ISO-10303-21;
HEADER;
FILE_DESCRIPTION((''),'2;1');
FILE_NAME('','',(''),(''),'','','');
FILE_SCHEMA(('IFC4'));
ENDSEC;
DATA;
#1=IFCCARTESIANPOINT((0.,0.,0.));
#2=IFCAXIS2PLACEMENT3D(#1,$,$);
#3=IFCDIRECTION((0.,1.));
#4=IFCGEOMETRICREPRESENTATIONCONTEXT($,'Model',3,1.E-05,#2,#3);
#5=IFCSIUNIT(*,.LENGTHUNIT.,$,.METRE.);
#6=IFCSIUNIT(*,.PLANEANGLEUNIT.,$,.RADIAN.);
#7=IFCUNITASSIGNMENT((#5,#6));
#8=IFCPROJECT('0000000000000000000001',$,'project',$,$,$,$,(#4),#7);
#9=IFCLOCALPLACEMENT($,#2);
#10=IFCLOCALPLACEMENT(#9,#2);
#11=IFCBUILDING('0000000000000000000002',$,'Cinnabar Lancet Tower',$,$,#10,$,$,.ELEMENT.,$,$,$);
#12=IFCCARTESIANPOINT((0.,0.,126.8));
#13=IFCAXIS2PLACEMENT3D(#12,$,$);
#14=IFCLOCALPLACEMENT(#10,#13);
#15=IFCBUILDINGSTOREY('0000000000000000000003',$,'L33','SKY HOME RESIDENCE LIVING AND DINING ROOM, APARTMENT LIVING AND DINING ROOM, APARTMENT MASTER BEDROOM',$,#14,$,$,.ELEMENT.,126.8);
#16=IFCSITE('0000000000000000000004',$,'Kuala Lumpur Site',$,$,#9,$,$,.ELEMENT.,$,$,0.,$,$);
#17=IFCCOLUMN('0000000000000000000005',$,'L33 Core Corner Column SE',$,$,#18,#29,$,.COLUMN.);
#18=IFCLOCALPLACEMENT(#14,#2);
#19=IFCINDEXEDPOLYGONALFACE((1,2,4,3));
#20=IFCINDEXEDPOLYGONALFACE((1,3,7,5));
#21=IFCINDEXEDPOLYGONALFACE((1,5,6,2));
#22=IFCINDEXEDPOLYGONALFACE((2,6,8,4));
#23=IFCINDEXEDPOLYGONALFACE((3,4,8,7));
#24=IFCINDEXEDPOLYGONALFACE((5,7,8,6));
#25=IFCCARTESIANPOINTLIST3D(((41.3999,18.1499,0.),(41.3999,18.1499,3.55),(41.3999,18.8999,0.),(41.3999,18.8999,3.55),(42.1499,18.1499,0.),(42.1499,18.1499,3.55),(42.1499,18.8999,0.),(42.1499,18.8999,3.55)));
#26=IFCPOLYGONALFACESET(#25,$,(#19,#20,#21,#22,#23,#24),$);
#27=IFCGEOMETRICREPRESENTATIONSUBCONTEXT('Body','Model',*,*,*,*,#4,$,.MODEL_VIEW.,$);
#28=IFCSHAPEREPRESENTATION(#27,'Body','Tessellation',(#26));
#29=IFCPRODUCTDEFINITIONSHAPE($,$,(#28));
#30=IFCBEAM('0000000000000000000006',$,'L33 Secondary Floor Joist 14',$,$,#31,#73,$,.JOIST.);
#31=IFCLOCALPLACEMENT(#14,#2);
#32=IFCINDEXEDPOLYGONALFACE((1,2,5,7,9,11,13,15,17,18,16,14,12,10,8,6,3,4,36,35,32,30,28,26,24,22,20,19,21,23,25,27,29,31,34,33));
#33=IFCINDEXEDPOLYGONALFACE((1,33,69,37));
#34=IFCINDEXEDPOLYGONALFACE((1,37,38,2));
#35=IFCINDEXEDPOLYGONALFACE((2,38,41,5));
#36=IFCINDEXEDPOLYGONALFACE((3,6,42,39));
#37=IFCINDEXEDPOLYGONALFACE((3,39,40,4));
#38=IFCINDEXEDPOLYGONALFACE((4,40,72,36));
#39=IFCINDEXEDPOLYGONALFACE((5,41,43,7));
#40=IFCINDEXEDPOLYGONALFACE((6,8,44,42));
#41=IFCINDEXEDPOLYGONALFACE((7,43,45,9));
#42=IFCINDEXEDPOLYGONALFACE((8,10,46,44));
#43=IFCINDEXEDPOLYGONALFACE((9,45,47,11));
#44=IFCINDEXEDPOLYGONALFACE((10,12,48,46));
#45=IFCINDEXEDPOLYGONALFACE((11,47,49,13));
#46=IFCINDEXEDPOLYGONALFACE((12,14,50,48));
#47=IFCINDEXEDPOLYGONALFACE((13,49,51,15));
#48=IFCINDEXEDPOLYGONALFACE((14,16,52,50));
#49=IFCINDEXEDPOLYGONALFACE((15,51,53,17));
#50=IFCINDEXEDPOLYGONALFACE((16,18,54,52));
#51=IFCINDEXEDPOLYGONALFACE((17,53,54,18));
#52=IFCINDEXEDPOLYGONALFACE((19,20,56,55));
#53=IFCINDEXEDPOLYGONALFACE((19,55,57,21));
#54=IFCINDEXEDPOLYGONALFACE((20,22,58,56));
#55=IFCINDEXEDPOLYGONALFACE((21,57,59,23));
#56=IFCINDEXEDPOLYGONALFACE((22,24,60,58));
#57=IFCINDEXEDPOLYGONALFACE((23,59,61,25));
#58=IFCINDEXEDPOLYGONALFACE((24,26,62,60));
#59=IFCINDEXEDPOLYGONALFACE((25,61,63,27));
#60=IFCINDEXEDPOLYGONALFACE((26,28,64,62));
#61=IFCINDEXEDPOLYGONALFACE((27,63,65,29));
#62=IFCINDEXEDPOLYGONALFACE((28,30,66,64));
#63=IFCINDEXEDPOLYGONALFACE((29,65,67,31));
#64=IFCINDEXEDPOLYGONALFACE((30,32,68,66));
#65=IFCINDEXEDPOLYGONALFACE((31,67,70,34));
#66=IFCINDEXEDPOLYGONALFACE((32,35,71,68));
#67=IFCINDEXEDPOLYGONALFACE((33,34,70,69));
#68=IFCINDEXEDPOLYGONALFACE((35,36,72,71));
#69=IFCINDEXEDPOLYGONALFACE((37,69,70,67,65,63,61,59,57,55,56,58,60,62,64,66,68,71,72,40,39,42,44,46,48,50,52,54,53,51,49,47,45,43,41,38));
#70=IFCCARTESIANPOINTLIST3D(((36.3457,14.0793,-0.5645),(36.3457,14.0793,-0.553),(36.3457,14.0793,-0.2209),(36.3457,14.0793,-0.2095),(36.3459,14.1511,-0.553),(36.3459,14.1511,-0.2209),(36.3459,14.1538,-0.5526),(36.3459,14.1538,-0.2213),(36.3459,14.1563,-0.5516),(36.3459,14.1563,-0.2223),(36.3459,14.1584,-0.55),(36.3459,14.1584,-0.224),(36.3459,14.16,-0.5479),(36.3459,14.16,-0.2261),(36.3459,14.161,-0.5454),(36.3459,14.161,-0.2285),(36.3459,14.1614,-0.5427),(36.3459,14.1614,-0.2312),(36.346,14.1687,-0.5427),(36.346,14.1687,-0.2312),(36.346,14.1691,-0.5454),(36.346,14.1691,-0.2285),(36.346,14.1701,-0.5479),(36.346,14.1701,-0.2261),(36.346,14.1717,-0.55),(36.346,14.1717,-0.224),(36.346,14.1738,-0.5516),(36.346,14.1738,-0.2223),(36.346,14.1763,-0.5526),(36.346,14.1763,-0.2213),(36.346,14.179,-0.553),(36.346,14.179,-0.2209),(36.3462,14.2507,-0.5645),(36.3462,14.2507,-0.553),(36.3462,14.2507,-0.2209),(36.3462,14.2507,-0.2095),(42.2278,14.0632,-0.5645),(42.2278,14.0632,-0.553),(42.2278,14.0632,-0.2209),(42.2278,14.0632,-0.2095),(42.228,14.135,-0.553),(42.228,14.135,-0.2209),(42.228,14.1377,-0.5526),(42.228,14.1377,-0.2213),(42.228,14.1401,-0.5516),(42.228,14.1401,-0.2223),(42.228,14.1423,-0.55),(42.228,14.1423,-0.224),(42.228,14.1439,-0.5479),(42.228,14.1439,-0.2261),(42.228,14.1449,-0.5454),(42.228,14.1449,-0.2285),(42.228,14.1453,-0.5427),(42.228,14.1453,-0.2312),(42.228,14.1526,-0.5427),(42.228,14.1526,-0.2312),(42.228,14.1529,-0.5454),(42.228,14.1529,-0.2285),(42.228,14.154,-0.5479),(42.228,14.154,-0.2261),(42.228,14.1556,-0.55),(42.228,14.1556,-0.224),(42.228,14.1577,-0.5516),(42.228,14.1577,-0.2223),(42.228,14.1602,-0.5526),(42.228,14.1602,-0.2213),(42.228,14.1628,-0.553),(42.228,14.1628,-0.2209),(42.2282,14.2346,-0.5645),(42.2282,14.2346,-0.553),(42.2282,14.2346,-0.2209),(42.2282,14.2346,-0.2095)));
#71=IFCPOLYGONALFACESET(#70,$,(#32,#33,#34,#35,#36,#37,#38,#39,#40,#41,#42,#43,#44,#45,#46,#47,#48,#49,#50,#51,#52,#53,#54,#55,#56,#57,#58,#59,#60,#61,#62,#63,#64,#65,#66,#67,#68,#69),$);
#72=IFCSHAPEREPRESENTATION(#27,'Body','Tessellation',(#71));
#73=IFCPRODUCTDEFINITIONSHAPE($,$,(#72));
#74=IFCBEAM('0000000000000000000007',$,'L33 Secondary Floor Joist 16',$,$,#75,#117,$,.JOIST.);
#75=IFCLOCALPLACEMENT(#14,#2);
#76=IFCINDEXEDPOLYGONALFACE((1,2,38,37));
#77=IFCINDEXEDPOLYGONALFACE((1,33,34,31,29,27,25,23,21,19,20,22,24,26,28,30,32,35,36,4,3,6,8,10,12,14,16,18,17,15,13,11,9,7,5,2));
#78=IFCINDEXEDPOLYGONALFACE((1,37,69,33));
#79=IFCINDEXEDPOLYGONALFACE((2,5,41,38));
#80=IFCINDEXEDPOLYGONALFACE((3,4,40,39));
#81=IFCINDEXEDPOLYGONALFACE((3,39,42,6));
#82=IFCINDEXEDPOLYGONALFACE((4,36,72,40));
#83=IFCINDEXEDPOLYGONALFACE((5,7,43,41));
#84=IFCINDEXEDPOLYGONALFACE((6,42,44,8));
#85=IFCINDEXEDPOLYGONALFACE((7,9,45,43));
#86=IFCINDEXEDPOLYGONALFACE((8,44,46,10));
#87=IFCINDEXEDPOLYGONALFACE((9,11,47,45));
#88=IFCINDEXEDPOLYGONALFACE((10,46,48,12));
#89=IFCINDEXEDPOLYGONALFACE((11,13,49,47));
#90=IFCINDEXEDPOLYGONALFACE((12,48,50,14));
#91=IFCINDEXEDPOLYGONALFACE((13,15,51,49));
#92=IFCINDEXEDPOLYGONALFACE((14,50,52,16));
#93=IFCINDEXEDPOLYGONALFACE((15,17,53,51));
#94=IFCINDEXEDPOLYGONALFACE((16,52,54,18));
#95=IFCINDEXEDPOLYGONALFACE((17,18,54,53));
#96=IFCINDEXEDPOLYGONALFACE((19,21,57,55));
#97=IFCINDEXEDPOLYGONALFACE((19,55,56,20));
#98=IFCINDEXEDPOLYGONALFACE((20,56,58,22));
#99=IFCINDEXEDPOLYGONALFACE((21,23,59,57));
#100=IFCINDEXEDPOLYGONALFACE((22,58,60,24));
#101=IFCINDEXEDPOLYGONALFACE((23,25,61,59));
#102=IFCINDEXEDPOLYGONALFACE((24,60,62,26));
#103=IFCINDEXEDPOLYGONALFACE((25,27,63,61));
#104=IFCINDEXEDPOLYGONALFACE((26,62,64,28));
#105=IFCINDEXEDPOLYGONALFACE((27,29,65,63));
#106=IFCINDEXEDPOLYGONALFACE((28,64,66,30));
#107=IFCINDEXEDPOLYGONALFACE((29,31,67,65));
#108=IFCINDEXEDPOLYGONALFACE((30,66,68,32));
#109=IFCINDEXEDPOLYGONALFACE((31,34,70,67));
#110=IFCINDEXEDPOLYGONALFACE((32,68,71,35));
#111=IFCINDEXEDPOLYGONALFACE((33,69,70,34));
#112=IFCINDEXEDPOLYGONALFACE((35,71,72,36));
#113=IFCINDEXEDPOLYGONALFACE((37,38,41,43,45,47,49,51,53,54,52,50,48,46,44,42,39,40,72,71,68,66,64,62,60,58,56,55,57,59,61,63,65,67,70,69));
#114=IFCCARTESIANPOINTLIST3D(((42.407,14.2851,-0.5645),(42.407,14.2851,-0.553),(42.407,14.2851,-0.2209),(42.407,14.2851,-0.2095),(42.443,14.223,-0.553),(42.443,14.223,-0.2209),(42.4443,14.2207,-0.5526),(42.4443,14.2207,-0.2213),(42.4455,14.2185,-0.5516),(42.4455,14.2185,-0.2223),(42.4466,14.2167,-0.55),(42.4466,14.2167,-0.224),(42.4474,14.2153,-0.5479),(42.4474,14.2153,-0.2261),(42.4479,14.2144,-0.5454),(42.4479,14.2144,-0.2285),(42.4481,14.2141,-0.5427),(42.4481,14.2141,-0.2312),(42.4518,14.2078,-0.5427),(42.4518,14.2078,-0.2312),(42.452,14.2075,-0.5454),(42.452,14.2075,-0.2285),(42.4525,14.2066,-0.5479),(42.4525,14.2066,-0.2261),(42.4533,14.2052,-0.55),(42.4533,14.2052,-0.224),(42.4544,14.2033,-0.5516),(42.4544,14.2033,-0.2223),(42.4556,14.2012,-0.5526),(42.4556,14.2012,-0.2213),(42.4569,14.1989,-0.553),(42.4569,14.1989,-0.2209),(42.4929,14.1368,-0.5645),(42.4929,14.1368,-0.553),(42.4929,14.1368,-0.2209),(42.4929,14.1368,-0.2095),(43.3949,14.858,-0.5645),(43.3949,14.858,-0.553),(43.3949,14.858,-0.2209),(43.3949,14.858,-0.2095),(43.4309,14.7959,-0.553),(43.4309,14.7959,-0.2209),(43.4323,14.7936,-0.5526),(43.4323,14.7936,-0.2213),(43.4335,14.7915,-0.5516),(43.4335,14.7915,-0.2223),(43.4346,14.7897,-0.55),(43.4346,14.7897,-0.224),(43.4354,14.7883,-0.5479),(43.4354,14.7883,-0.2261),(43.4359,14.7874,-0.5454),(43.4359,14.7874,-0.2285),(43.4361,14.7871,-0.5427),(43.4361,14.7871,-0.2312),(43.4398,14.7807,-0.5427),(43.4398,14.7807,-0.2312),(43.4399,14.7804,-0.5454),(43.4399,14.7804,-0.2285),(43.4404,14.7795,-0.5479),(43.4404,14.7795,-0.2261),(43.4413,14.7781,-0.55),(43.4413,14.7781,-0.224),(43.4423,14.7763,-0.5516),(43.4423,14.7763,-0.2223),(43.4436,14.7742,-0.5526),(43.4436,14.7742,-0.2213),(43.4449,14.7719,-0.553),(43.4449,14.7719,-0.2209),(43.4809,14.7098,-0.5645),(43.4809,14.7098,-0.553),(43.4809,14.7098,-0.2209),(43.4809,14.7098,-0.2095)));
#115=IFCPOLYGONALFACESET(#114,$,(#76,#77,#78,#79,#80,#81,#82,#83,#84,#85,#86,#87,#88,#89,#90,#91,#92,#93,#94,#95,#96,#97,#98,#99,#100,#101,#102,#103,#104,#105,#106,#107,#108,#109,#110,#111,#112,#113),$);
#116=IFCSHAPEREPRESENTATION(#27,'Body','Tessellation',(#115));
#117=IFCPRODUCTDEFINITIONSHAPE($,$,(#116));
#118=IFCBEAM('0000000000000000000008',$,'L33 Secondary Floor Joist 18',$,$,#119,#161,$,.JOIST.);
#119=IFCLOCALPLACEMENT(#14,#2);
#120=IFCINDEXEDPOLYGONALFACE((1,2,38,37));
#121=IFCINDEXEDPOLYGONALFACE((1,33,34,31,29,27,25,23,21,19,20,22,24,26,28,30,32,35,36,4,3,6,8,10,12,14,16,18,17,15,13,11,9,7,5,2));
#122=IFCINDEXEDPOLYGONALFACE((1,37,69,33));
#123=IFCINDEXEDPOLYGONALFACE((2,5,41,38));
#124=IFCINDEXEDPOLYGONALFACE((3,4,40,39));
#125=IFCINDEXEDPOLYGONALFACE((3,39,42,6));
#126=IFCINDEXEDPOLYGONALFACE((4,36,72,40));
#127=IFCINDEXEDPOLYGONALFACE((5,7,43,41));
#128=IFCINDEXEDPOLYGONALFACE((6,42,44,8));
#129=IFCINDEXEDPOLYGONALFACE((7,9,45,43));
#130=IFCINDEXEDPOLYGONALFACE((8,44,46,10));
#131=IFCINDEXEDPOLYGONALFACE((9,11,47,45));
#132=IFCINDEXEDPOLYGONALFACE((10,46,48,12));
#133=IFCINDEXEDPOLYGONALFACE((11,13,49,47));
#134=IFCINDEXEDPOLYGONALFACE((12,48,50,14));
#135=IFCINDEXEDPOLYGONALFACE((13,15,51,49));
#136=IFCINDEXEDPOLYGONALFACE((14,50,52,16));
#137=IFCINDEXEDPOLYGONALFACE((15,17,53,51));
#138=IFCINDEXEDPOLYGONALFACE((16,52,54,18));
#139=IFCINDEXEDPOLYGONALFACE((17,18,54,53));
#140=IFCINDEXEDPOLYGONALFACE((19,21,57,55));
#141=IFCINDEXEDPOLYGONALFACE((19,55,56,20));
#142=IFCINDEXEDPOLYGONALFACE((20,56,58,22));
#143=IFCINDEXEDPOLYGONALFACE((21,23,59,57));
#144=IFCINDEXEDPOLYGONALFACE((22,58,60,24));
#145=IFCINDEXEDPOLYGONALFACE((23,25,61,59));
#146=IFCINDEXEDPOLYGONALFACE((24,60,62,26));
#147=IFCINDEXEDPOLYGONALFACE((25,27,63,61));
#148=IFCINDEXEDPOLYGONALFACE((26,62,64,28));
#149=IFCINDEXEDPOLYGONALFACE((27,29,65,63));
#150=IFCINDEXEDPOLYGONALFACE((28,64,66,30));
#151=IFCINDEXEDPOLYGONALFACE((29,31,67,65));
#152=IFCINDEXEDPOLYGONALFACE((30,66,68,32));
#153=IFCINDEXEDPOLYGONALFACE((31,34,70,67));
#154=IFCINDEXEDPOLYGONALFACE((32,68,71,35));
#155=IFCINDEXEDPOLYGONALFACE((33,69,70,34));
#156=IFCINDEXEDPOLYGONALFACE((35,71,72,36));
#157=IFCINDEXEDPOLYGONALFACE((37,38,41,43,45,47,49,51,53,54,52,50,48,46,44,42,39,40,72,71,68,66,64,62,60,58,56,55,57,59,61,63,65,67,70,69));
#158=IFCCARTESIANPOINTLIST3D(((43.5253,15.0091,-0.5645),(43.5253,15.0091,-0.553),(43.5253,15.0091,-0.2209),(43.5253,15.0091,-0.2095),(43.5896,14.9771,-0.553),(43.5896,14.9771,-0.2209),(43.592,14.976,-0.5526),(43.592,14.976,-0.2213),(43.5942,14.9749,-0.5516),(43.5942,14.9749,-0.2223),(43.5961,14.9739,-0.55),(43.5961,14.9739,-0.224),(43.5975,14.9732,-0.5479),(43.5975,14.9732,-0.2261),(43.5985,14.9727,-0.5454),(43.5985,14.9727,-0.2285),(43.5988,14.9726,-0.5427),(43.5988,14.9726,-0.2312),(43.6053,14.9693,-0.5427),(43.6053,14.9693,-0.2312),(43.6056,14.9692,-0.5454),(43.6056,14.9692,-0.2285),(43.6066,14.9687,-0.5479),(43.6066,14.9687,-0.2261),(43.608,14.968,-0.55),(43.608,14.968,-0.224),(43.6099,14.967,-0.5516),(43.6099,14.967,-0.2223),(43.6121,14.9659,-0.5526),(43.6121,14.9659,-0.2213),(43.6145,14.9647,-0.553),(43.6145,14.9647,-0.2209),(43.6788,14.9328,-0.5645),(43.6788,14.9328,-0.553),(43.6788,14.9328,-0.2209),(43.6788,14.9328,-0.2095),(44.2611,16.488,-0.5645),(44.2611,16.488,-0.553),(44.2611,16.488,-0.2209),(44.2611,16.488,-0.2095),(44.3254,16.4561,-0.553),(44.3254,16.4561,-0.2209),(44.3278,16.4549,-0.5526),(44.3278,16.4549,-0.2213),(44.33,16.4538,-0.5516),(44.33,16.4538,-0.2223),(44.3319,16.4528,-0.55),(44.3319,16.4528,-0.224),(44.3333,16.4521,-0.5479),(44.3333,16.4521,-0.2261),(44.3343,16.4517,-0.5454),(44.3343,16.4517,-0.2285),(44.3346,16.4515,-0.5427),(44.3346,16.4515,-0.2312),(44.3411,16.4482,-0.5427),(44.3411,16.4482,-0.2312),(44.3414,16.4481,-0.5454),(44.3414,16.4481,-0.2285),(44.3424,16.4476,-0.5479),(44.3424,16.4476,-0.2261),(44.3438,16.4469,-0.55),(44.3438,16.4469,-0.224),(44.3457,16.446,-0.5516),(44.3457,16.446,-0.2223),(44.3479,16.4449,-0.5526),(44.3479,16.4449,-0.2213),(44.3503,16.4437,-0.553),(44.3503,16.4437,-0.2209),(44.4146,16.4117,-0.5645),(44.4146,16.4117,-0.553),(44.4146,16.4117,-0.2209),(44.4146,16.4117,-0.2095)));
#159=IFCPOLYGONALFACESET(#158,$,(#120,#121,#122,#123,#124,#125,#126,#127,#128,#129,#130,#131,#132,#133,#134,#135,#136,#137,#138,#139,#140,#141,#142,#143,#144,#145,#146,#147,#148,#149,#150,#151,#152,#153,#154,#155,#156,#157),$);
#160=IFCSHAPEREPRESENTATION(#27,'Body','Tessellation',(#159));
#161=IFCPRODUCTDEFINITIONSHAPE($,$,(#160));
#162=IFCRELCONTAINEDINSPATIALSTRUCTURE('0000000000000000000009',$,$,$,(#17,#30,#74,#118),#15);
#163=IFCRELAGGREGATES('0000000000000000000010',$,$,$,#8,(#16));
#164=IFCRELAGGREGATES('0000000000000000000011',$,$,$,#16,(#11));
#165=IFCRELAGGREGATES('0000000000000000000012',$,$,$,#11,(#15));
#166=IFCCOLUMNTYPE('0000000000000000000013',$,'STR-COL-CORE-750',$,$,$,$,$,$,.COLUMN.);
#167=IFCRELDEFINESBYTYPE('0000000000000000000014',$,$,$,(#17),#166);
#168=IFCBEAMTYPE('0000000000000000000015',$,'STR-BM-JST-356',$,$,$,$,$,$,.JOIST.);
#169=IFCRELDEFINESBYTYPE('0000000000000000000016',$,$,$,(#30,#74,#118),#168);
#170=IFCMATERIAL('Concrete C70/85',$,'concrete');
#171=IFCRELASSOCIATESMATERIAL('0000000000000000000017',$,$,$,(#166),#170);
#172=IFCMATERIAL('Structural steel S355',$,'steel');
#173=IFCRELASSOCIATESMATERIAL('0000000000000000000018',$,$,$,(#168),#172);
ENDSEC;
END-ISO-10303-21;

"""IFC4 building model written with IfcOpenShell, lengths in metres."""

from ifc_helpers import new_model, si_unit, direction, frame, origin, origin_2d, place, context, subcontext, project, spatial, rectangle, i_section, extrude, material, material_profile, profile_set, type_object, element, save


model = new_model("IFC4")

# Units and contexts
model_context = context("Model", 3, precision=1e-05, world=origin(), true_north=direction((0.0, 1.0)))
body_context = subcontext(model_context, "Body", "Model", "MODEL_VIEW")
ifc_project = project(units=[si_unit("LENGTHUNIT", "METRE"), si_unit("PLANEANGLEUNIT", "RADIAN")], contexts=[model_context])

# Site, building, storey
site_placement = place(None, origin())
site = spatial("IfcSite", under=ifc_project, at=site_placement, Name="Kuala Lumpur Site", CompositionType="ELEMENT", RefElevation=0.0)
building_placement = place(site_placement, origin())
building = spatial("IfcBuilding", under=site, at=building_placement, Name="Cinnabar Lancet Tower", CompositionType="ELEMENT")
storey_placement = place(building_placement, frame((0.0, 0.0, 126.8)))
storey = spatial("IfcBuildingStorey", under=building, at=storey_placement, Name="L33", Description="SKY HOME RESIDENCE LIVING AND DINING ROOM, APARTMENT LIVING AND DINING ROOM, APARTMENT MASTER BEDROOM", CompositionType="ELEMENT", Elevation=126.8)

# Column
ifc_material_1 = material(Name="Concrete C70/85", Category="concrete")
ifc_material_profile_1 = material_profile(ifc_material_1, rectangle(XDim=0.75, YDim=0.75, at=origin_2d()), Name="RC-COL 750x750")
ifc_profile_set_1 = profile_set([ifc_material_profile_1], Name="Concrete C70/85")
column_type = type_object("IfcColumnType", Name="STR-COL-CORE-750", PredefinedType="COLUMN", material=ifc_profile_set_1)
column_placement = place(storey_placement, frame((41.7749, 18.5249, 0.0), z_axis=(0.0, 0.0, 1.0), x_axis=(1.0, 0.0, 0.0)))
element("IfcColumn", 1, at=column_placement, inside=storey, type_object=column_type, Name="L33 Core Corner Column SE", PredefinedType="COLUMN", context=body_context, shape_type="SweptSolid", body=[
    extrude(rectangle(XDim=0.75, YDim=0.75, at=origin_2d()), origin(), (0.0, 0.0, 1.0), 3.55),
])

# Beams
ifc_material_2 = material(Name="Structural steel S355", Category="steel")
ifc_material_profile_2 = material_profile(ifc_material_2, i_section(OverallWidth=0.1714, OverallDepth=0.355, WebThickness=0.0073, FlangeThickness=0.0115, FilletRadius=0.0103, at=origin_2d()), Name="UKB 356x171x51")
ifc_profile_set_2 = profile_set([ifc_material_profile_2], Name="Structural steel S355")
beam_type_1 = type_object("IfcBeamType", Name="STR-BM-JST-356", PredefinedType="JOIST", material=ifc_profile_set_2)
beam_1_placement = place(storey_placement, frame((36.3459, 14.165, -0.387), z_axis=(0.999996, -0.002739, 0.0), x_axis=(0.002739, 0.999996, 0.0)))
element("IfcBeam", 2, at=beam_1_placement, inside=storey, type_object=beam_type_1, Name="L33 Secondary Floor Joist 14", PredefinedType="JOIST", context=body_context, shape_type="SweptSolid", body=[
    extrude(i_section(OverallWidth=0.1714, OverallDepth=0.355, WebThickness=0.0073, FlangeThickness=0.0115, FilletRadius=0.0103, at=origin_2d()), origin(), (0.0, 0.0, 1.0), 5.8821),
])
beam_2_placement = place(storey_placement, frame((42.45, 14.2109, -0.387), z_axis=(0.865055, 0.501677, 0.0), x_axis=(-0.501677, 0.865055, 0.0)))
element("IfcBeam", 3, at=beam_2_placement, inside=storey, type_object=beam_type_1, Name="L33 Secondary Floor Joist 16", PredefinedType="JOIST", context=body_context, shape_type="SweptSolid", body=[
    extrude(i_section(OverallWidth=0.1714, OverallDepth=0.355, WebThickness=0.0073, FlangeThickness=0.0115, FilletRadius=0.0103, at=origin_2d()), origin(), (0.0, 0.0, 1.0), 1.1421),
])
beam_3_placement = place(storey_placement, frame((43.6021, 14.9709, -0.387), z_axis=(0.445439, 0.895312, 0.0), x_axis=(-0.895312, 0.445439, 0.0)))
element("IfcBeam", 4, at=beam_3_placement, inside=storey, type_object=beam_type_1, Name="L33 Secondary Floor Joist 18", PredefinedType="JOIST", context=body_context, shape_type="SweptSolid", body=[
    extrude(i_section(OverallWidth=0.1714, OverallDepth=0.355, WebThickness=0.0073, FlangeThickness=0.0115, FilletRadius=0.0103, at=origin_2d()), origin(), (0.0, 0.0, 1.0), 1.6519),
])

save(model, "model.ifc")
